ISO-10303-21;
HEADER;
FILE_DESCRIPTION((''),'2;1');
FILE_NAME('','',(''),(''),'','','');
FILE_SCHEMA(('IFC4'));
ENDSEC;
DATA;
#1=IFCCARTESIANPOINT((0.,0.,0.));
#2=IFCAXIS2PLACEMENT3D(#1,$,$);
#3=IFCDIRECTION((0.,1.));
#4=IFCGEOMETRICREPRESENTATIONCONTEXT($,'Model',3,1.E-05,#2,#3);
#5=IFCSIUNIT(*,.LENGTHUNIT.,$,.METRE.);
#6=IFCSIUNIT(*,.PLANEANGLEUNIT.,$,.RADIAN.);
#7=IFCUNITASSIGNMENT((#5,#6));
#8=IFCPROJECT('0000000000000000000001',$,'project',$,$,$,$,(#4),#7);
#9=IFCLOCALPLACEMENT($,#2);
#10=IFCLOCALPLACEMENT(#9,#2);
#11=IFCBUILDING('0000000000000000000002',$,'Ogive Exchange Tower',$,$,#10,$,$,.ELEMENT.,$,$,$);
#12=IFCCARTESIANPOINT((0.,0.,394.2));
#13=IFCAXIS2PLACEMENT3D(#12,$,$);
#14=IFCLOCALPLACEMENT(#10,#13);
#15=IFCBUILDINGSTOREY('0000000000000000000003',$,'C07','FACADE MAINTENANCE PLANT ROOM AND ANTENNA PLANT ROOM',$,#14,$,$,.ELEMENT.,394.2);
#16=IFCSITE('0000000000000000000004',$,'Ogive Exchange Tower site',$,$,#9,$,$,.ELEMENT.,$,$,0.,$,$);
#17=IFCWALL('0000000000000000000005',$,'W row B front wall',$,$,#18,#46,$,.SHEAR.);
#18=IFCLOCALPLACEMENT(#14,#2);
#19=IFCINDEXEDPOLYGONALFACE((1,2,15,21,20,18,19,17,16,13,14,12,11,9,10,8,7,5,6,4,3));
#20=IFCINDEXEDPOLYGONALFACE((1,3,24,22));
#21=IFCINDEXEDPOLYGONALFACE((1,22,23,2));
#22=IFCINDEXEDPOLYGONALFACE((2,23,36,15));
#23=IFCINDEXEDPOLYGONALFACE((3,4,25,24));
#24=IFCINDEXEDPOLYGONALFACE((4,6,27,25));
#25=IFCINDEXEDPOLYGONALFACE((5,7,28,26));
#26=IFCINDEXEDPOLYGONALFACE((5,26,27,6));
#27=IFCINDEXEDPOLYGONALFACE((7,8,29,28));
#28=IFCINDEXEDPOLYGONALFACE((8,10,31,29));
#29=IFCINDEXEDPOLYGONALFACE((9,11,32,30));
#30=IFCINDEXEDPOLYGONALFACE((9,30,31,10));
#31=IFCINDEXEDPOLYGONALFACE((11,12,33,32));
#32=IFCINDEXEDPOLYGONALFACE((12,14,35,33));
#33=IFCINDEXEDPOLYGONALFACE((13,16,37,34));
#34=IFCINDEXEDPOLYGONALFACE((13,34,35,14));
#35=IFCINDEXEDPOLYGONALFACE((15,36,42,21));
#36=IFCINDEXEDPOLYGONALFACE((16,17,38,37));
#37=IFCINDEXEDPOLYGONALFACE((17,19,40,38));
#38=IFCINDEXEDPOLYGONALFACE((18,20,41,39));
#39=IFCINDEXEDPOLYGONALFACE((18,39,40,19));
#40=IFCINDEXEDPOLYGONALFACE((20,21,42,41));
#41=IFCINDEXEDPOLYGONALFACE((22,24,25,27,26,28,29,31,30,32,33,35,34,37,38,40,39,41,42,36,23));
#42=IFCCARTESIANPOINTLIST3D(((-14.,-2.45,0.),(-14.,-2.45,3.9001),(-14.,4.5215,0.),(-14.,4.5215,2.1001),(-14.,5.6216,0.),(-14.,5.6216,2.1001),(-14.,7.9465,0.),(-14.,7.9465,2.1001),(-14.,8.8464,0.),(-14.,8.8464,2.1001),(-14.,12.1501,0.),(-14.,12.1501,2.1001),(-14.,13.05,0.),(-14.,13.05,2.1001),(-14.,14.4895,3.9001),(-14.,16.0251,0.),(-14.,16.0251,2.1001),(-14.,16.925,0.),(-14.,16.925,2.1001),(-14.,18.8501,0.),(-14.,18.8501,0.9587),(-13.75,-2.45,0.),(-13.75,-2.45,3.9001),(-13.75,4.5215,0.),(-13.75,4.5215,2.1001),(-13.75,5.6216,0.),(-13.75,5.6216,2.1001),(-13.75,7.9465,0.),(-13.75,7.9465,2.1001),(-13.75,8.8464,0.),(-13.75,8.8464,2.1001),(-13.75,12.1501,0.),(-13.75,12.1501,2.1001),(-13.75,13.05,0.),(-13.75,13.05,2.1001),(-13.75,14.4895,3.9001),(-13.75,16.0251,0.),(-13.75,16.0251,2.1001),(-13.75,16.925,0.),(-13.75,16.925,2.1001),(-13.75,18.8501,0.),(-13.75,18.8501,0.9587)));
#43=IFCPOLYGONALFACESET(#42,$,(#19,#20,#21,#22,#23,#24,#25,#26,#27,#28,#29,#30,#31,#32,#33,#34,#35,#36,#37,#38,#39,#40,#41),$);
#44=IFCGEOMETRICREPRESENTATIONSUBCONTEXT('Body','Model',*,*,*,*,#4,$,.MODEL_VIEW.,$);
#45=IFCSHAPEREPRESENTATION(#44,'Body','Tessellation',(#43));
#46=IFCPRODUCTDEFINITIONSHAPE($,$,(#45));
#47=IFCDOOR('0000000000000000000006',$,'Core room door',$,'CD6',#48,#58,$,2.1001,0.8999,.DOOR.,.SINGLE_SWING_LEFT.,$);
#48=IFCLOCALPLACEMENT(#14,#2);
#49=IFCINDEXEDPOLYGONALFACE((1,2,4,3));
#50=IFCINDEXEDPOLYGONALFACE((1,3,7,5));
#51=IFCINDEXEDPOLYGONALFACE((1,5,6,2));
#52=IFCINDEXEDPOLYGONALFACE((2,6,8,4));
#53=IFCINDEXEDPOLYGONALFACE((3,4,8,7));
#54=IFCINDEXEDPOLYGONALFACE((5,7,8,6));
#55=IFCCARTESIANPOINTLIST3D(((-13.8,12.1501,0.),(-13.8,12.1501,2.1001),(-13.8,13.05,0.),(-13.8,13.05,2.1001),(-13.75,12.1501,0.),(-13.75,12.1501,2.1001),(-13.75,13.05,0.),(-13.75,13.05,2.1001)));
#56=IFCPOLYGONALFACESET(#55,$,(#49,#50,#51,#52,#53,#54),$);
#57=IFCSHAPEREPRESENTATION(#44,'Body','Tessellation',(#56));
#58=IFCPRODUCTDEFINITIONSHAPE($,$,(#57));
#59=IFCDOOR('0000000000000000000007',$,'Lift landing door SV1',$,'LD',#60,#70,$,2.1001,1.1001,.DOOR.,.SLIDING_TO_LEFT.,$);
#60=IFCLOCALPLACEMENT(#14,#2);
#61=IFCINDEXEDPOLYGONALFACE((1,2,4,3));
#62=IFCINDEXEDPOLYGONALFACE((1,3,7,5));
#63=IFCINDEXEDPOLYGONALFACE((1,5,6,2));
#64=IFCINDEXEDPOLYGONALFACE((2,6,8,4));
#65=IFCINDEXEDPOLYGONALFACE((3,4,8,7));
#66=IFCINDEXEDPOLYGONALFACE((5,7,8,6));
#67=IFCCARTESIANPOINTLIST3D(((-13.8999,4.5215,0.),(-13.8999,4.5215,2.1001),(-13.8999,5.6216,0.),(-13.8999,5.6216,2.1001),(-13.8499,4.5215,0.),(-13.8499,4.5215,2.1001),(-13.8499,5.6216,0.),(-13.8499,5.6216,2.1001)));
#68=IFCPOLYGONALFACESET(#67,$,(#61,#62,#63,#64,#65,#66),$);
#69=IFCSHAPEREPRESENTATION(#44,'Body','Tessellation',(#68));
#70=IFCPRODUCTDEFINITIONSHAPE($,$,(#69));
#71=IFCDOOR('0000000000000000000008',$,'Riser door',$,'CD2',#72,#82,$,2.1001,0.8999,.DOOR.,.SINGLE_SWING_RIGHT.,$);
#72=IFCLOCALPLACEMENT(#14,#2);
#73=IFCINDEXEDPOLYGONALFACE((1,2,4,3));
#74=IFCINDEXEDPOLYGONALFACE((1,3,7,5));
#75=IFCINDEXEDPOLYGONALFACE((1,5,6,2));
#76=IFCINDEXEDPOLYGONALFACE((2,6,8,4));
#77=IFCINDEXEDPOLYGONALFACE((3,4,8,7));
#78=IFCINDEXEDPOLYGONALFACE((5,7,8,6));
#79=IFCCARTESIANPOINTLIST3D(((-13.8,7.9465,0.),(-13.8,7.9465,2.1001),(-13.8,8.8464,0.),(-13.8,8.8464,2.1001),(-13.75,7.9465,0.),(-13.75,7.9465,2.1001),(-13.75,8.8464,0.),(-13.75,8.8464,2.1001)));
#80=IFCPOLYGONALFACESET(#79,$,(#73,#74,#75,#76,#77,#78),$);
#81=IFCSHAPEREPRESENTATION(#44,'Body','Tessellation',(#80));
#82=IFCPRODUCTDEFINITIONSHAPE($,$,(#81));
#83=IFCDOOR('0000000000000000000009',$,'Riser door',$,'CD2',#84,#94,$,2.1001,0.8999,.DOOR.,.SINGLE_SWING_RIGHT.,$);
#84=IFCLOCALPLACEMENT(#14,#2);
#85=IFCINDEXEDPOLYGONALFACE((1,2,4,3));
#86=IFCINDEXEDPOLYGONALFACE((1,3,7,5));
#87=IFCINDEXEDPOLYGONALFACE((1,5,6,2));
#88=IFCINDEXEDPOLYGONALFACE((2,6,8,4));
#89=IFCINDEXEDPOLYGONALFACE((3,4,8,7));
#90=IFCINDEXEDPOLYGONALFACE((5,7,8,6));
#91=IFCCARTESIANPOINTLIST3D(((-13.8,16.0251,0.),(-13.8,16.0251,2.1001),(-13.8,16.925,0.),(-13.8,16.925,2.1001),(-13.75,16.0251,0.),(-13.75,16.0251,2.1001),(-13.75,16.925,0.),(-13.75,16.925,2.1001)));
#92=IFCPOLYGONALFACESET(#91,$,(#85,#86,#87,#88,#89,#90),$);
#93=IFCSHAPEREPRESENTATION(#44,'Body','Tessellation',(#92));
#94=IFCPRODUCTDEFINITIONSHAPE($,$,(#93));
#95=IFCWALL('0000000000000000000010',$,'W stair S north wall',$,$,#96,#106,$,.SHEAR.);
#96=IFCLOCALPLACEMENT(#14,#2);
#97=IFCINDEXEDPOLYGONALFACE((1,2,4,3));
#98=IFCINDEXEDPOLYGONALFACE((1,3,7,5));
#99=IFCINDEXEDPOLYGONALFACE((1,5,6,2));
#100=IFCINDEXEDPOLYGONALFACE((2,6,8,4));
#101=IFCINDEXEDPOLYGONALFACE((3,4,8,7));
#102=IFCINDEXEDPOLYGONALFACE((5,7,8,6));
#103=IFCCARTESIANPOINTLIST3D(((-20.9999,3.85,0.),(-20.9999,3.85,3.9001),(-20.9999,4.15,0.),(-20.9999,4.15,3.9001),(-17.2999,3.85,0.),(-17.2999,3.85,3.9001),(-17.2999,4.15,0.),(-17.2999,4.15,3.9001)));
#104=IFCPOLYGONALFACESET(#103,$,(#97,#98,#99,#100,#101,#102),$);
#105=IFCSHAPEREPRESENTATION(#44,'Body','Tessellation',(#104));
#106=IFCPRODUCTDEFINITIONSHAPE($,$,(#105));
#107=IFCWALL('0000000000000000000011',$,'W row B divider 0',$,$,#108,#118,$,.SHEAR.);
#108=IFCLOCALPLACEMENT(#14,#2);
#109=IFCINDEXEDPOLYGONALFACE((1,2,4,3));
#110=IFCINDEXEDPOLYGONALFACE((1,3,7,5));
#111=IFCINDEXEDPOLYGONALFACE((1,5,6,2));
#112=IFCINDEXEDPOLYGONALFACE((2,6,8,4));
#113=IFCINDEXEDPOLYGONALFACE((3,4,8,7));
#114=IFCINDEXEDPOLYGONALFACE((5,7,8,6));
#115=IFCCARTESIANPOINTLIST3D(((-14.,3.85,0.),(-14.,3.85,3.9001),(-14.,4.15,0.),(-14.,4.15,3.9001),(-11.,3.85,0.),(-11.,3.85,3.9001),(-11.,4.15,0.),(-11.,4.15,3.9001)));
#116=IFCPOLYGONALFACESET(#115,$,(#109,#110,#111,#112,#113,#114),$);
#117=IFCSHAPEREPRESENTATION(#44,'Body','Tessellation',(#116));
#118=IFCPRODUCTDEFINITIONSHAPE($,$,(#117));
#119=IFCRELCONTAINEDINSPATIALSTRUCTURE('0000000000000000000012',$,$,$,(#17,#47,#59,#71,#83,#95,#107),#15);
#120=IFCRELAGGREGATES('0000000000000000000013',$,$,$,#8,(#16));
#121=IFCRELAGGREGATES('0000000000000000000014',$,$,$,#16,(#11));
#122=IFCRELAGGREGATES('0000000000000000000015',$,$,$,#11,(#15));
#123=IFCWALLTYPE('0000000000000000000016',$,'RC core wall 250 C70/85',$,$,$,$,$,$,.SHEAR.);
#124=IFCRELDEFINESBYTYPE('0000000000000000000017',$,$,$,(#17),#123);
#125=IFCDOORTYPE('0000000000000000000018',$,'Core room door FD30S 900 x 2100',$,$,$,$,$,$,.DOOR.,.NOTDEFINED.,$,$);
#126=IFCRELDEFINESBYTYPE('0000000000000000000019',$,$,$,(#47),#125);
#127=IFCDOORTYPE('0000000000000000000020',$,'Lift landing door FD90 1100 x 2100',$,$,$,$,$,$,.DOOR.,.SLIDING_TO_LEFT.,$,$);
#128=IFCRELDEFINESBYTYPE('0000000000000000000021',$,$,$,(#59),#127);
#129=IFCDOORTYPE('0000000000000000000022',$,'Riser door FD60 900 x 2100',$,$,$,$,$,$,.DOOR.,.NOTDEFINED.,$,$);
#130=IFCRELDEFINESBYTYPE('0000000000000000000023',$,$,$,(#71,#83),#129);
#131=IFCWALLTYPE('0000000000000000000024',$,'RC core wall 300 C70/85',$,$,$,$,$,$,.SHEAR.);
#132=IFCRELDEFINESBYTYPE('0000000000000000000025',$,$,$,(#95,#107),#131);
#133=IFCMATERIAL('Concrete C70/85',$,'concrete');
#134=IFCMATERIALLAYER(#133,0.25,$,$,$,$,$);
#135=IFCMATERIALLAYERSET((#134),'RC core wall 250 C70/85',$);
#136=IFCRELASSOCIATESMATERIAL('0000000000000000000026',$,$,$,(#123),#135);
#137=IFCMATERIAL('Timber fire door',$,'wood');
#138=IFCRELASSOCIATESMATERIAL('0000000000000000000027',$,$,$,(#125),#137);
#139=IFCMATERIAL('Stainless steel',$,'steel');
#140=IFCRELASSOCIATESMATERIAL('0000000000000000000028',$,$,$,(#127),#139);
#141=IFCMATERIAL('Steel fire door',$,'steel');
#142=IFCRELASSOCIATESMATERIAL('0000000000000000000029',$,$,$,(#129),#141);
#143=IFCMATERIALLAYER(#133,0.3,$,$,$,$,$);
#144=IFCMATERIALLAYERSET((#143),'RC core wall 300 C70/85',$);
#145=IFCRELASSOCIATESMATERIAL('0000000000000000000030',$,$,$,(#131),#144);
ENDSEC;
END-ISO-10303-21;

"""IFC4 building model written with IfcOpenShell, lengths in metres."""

from ifc_helpers import new_model, si_unit, direction, frame, frame_2d, origin, place, context, subcontext, project, spatial, polyline, rectangle, outline, extrude, material, layer, layer_set, type_object, element, fill, save


model = new_model("IFC4")

# Units and contexts
model_context = context("Model", 3, precision=1e-05, world=origin(), true_north=direction((0.0, 1.0)))
body_context = subcontext(model_context, "Body", "Model", "MODEL_VIEW")
ifc_project = project(units=[si_unit("LENGTHUNIT", "METRE"), si_unit("PLANEANGLEUNIT", "RADIAN")], contexts=[model_context])

# Site, building, storey
site_placement = place(None, origin())
site = spatial("IfcSite", under=ifc_project, at=site_placement, Name="Ogive Exchange Tower site", CompositionType="ELEMENT", RefElevation=0.0)
building_placement = place(site_placement, origin())
building = spatial("IfcBuilding", under=site, at=building_placement, Name="Ogive Exchange Tower", CompositionType="ELEMENT")
storey_placement = place(building_placement, frame((0.0, 0.0, 394.2)))
storey = spatial("IfcBuildingStorey", under=building, at=storey_placement, Name="C07", Description="FACADE MAINTENANCE PLANT ROOM AND ANTENNA PLANT ROOM", CompositionType="ELEMENT", Elevation=394.2)

# Shared definitions
ifc_material_1 = material(Name="Concrete C70/85", Category="concrete")
ifc_layer_1 = layer(ifc_material_1, 0.25)
ifc_layer_set_1 = layer_set([ifc_layer_1], Name="RC core wall 250 C70/85")
wall_type_1 = type_object("IfcWallType", Name="RC core wall 250 C70/85", PredefinedType="SHEAR", material=ifc_layer_set_1)
ifc_material_2 = material(Name="Steel fire door", Category="steel")

# Wall, openings, doors
wall_1_placement = place(storey_placement, frame((-13.875, -2.45, 0.0), z_axis=(0.0, 0.0, 1.0), x_axis=(0.0, 1.0, 0.0)))
wall_1 = element("IfcWall", 1, at=wall_1_placement, inside=storey, type_object=wall_type_1, Name="W row B front wall", PredefinedType="SHEAR", context=body_context, shape_type="SweptSolid", body=[
    extrude(outline(polyline([(0.0, 0.0), (21.3, 0.0), (21.3, 0.9587), (16.9395, 3.9001), (0.0, 3.9001), (0.0, 0.0)])), frame((0.0, 0.125, 0.0), z_axis=(0.0, -1.0, 0.0), x_axis=(1.0, 0.0, 0.0)), (0.0, 0.0, 1.0), 0.25),
])
opening_1_placement = place(wall_1_placement, frame((10.3965, 0.0, 0.0)))
opening_1 = element("IfcOpeningElement", 2, at=opening_1_placement, cuts=wall_1, PredefinedType="OPENING", context=body_context, shape_type="SweptSolid", body=[
    extrude(rectangle(XDim=0.8999, YDim=2.1001, at=frame_2d((0.45, 1.05))), frame((0.0, 0.135, 0.0), z_axis=(0.0, -1.0, 0.0), x_axis=(1.0, 0.0, 0.0)), (0.0, 0.0, 1.0), 0.27),
])
opening_2_placement = place(wall_1_placement, frame((14.6001, 0.0, 0.0)))
opening_2 = element("IfcOpeningElement", 3, at=opening_2_placement, cuts=wall_1, PredefinedType="OPENING", context=body_context, shape_type="SweptSolid", body=[
    extrude(rectangle(XDim=0.8999, YDim=2.1001, at=frame_2d((0.45, 1.05))), frame((0.0, 0.135, 0.0), z_axis=(0.0, -1.0, 0.0), x_axis=(1.0, 0.0, 0.0)), (0.0, 0.0, 1.0), 0.27),
])
opening_3_placement = place(wall_1_placement, frame((18.4751, 0.0, 0.0)))
opening_3 = element("IfcOpeningElement", 4, at=opening_3_placement, cuts=wall_1, PredefinedType="OPENING", context=body_context, shape_type="SweptSolid", body=[
    extrude(rectangle(XDim=0.8999, YDim=2.1001, at=frame_2d((0.45, 1.05))), frame((0.0, 0.135, 0.0), z_axis=(0.0, -1.0, 0.0), x_axis=(1.0, 0.0, 0.0)), (0.0, 0.0, 1.0), 0.27),
])
opening_4_placement = place(wall_1_placement, frame((6.9714, 0.0, 0.0)))
opening_4 = element("IfcOpeningElement", 5, at=opening_4_placement, cuts=wall_1, PredefinedType="OPENING", context=body_context, shape_type="SweptSolid", body=[
    extrude(rectangle(XDim=1.1001, YDim=2.1001, at=frame_2d((0.55, 1.05))), frame((0.0, 0.135, 0.0), z_axis=(0.0, -1.0, 0.0), x_axis=(1.0, 0.0, 0.0)), (0.0, 0.0, 1.0), 0.27),
])
ifc_material_3 = material(Name="Timber fire door", Category="wood")
door_type_1 = type_object("IfcDoorType", Name="Core room door FD30S 900 x 2100", OperationType="NOTDEFINED", PredefinedType="DOOR", material=ifc_material_3)
door_1_placement = place(opening_2_placement, frame((0.8999, -0.2002, 0.0), z_axis=(0.0, 0.0, 1.0), x_axis=(-1.0, 0.0, 0.0)))
door_1 = element("IfcDoor", 6, at=door_1_placement, inside=storey, type_object=door_type_1, Name="Core room door", ObjectType="CD6", OperationType="SINGLE_SWING_LEFT", OverallHeight=2.1001, OverallWidth=0.8999, PredefinedType="DOOR", context=body_context, shape_type="SweptSolid", body=[
    extrude(rectangle(XDim=0.8999, YDim=2.1001, at=frame_2d((0.45, 1.05))), frame((0.0, -0.0752, 0.0), z_axis=(0.0, -1.0, 0.0), x_axis=(1.0, 0.0, 0.0)), (0.0, 0.0, 1.0), 0.05),
])
fill(opening_2, door_1)
ifc_material_4 = material(Name="Stainless steel", Category="steel")
door_type_2 = type_object("IfcDoorType", Name="Lift landing door FD90 1100 x 2100", OperationType="SLIDING_TO_LEFT", PredefinedType="DOOR", material=ifc_material_4)
door_2_placement = place(opening_4_placement, origin())
door_2 = element("IfcDoor", 7, at=door_2_placement, inside=storey, type_object=door_type_2, Name="Lift landing door SV1", ObjectType="LD", OperationType="SLIDING_TO_LEFT", OverallHeight=2.1001, OverallWidth=1.1001, PredefinedType="DOOR", context=body_context, shape_type="SweptSolid", body=[
    extrude(rectangle(XDim=1.1001, YDim=2.1001, at=frame_2d((0.55, 1.05))), frame((0.0, 0.0249, 0.0), z_axis=(0.0, -1.0, 0.0), x_axis=(1.0, 0.0, 0.0)), (0.0, 0.0, 1.0), 0.05),
])
fill(opening_4, door_2)
door_type_3 = type_object("IfcDoorType", Name="Riser door FD60 900 x 2100", OperationType="NOTDEFINED", PredefinedType="DOOR", material=ifc_material_2)
door_3_placement = place(opening_1_placement, frame((0.8999, -0.2002, 0.0), z_axis=(0.0, 0.0, 1.0), x_axis=(-1.0, 0.0, 0.0)))
door_3 = element("IfcDoor", 8, at=door_3_placement, inside=storey, type_object=door_type_3, Name="Riser door", ObjectType="CD2", OperationType="SINGLE_SWING_RIGHT", OverallHeight=2.1001, OverallWidth=0.8999, PredefinedType="DOOR", context=body_context, shape_type="SweptSolid", body=[
    extrude(rectangle(XDim=0.8999, YDim=2.1001, at=frame_2d((0.45, 1.05))), frame((0.0, -0.0752, 0.0), z_axis=(0.0, -1.0, 0.0), x_axis=(1.0, 0.0, 0.0)), (0.0, 0.0, 1.0), 0.05),
])
fill(opening_1, door_3)
door_4_placement = place(opening_3_placement, frame((0.8999, -0.2002, 0.0), z_axis=(0.0, 0.0, 1.0), x_axis=(-1.0, 0.0, 0.0)))
door_4 = element("IfcDoor", 9, at=door_4_placement, inside=storey, type_object=door_type_3, Name="Riser door", ObjectType="CD2", OperationType="SINGLE_SWING_RIGHT", OverallHeight=2.1001, OverallWidth=0.8999, PredefinedType="DOOR", context=body_context, shape_type="SweptSolid", body=[
    extrude(rectangle(XDim=0.8999, YDim=2.1001, at=frame_2d((0.45, 1.05))), frame((0.0, -0.0752, 0.0), z_axis=(0.0, -1.0, 0.0), x_axis=(1.0, 0.0, 0.0)), (0.0, 0.0, 1.0), 0.05),
])
fill(opening_3, door_4)

# Walls
ifc_layer_2 = layer(ifc_material_1, 0.3)
ifc_layer_set_2 = layer_set([ifc_layer_2], Name="RC core wall 300 C70/85")
wall_type_2 = type_object("IfcWallType", Name="RC core wall 300 C70/85", PredefinedType="SHEAR", material=ifc_layer_set_2)
wall_2_placement = place(storey_placement, frame((-21.0, 4.0, 0.0), z_axis=(0.0, 0.0, 1.0), x_axis=(1.0, 0.0, 0.0)))
element("IfcWall", 10, at=wall_2_placement, inside=storey, type_object=wall_type_2, Name="W stair S north wall", PredefinedType="SHEAR", context=body_context, shape_type="SweptSolid", body=[
    extrude(rectangle(XDim=3.7, YDim=0.3, at=frame_2d((1.8501, 0.0))), origin(), (0.0, 0.0, 1.0), 3.9001),
])
wall_3_placement = place(storey_placement, frame((-14.0, 4.0, 0.0), z_axis=(0.0, 0.0, 1.0), x_axis=(1.0, 0.0, 0.0)))
element("IfcWall", 11, at=wall_3_placement, inside=storey, type_object=wall_type_2, Name="W row B divider 0", PredefinedType="SHEAR", context=body_context, shape_type="SweptSolid", body=[
    extrude(rectangle(XDim=3.0, YDim=0.3, at=frame_2d((1.5, 0.0))), origin(), (0.0, 0.0, 1.0), 3.9001),
])

save(model, "model.ifc")
